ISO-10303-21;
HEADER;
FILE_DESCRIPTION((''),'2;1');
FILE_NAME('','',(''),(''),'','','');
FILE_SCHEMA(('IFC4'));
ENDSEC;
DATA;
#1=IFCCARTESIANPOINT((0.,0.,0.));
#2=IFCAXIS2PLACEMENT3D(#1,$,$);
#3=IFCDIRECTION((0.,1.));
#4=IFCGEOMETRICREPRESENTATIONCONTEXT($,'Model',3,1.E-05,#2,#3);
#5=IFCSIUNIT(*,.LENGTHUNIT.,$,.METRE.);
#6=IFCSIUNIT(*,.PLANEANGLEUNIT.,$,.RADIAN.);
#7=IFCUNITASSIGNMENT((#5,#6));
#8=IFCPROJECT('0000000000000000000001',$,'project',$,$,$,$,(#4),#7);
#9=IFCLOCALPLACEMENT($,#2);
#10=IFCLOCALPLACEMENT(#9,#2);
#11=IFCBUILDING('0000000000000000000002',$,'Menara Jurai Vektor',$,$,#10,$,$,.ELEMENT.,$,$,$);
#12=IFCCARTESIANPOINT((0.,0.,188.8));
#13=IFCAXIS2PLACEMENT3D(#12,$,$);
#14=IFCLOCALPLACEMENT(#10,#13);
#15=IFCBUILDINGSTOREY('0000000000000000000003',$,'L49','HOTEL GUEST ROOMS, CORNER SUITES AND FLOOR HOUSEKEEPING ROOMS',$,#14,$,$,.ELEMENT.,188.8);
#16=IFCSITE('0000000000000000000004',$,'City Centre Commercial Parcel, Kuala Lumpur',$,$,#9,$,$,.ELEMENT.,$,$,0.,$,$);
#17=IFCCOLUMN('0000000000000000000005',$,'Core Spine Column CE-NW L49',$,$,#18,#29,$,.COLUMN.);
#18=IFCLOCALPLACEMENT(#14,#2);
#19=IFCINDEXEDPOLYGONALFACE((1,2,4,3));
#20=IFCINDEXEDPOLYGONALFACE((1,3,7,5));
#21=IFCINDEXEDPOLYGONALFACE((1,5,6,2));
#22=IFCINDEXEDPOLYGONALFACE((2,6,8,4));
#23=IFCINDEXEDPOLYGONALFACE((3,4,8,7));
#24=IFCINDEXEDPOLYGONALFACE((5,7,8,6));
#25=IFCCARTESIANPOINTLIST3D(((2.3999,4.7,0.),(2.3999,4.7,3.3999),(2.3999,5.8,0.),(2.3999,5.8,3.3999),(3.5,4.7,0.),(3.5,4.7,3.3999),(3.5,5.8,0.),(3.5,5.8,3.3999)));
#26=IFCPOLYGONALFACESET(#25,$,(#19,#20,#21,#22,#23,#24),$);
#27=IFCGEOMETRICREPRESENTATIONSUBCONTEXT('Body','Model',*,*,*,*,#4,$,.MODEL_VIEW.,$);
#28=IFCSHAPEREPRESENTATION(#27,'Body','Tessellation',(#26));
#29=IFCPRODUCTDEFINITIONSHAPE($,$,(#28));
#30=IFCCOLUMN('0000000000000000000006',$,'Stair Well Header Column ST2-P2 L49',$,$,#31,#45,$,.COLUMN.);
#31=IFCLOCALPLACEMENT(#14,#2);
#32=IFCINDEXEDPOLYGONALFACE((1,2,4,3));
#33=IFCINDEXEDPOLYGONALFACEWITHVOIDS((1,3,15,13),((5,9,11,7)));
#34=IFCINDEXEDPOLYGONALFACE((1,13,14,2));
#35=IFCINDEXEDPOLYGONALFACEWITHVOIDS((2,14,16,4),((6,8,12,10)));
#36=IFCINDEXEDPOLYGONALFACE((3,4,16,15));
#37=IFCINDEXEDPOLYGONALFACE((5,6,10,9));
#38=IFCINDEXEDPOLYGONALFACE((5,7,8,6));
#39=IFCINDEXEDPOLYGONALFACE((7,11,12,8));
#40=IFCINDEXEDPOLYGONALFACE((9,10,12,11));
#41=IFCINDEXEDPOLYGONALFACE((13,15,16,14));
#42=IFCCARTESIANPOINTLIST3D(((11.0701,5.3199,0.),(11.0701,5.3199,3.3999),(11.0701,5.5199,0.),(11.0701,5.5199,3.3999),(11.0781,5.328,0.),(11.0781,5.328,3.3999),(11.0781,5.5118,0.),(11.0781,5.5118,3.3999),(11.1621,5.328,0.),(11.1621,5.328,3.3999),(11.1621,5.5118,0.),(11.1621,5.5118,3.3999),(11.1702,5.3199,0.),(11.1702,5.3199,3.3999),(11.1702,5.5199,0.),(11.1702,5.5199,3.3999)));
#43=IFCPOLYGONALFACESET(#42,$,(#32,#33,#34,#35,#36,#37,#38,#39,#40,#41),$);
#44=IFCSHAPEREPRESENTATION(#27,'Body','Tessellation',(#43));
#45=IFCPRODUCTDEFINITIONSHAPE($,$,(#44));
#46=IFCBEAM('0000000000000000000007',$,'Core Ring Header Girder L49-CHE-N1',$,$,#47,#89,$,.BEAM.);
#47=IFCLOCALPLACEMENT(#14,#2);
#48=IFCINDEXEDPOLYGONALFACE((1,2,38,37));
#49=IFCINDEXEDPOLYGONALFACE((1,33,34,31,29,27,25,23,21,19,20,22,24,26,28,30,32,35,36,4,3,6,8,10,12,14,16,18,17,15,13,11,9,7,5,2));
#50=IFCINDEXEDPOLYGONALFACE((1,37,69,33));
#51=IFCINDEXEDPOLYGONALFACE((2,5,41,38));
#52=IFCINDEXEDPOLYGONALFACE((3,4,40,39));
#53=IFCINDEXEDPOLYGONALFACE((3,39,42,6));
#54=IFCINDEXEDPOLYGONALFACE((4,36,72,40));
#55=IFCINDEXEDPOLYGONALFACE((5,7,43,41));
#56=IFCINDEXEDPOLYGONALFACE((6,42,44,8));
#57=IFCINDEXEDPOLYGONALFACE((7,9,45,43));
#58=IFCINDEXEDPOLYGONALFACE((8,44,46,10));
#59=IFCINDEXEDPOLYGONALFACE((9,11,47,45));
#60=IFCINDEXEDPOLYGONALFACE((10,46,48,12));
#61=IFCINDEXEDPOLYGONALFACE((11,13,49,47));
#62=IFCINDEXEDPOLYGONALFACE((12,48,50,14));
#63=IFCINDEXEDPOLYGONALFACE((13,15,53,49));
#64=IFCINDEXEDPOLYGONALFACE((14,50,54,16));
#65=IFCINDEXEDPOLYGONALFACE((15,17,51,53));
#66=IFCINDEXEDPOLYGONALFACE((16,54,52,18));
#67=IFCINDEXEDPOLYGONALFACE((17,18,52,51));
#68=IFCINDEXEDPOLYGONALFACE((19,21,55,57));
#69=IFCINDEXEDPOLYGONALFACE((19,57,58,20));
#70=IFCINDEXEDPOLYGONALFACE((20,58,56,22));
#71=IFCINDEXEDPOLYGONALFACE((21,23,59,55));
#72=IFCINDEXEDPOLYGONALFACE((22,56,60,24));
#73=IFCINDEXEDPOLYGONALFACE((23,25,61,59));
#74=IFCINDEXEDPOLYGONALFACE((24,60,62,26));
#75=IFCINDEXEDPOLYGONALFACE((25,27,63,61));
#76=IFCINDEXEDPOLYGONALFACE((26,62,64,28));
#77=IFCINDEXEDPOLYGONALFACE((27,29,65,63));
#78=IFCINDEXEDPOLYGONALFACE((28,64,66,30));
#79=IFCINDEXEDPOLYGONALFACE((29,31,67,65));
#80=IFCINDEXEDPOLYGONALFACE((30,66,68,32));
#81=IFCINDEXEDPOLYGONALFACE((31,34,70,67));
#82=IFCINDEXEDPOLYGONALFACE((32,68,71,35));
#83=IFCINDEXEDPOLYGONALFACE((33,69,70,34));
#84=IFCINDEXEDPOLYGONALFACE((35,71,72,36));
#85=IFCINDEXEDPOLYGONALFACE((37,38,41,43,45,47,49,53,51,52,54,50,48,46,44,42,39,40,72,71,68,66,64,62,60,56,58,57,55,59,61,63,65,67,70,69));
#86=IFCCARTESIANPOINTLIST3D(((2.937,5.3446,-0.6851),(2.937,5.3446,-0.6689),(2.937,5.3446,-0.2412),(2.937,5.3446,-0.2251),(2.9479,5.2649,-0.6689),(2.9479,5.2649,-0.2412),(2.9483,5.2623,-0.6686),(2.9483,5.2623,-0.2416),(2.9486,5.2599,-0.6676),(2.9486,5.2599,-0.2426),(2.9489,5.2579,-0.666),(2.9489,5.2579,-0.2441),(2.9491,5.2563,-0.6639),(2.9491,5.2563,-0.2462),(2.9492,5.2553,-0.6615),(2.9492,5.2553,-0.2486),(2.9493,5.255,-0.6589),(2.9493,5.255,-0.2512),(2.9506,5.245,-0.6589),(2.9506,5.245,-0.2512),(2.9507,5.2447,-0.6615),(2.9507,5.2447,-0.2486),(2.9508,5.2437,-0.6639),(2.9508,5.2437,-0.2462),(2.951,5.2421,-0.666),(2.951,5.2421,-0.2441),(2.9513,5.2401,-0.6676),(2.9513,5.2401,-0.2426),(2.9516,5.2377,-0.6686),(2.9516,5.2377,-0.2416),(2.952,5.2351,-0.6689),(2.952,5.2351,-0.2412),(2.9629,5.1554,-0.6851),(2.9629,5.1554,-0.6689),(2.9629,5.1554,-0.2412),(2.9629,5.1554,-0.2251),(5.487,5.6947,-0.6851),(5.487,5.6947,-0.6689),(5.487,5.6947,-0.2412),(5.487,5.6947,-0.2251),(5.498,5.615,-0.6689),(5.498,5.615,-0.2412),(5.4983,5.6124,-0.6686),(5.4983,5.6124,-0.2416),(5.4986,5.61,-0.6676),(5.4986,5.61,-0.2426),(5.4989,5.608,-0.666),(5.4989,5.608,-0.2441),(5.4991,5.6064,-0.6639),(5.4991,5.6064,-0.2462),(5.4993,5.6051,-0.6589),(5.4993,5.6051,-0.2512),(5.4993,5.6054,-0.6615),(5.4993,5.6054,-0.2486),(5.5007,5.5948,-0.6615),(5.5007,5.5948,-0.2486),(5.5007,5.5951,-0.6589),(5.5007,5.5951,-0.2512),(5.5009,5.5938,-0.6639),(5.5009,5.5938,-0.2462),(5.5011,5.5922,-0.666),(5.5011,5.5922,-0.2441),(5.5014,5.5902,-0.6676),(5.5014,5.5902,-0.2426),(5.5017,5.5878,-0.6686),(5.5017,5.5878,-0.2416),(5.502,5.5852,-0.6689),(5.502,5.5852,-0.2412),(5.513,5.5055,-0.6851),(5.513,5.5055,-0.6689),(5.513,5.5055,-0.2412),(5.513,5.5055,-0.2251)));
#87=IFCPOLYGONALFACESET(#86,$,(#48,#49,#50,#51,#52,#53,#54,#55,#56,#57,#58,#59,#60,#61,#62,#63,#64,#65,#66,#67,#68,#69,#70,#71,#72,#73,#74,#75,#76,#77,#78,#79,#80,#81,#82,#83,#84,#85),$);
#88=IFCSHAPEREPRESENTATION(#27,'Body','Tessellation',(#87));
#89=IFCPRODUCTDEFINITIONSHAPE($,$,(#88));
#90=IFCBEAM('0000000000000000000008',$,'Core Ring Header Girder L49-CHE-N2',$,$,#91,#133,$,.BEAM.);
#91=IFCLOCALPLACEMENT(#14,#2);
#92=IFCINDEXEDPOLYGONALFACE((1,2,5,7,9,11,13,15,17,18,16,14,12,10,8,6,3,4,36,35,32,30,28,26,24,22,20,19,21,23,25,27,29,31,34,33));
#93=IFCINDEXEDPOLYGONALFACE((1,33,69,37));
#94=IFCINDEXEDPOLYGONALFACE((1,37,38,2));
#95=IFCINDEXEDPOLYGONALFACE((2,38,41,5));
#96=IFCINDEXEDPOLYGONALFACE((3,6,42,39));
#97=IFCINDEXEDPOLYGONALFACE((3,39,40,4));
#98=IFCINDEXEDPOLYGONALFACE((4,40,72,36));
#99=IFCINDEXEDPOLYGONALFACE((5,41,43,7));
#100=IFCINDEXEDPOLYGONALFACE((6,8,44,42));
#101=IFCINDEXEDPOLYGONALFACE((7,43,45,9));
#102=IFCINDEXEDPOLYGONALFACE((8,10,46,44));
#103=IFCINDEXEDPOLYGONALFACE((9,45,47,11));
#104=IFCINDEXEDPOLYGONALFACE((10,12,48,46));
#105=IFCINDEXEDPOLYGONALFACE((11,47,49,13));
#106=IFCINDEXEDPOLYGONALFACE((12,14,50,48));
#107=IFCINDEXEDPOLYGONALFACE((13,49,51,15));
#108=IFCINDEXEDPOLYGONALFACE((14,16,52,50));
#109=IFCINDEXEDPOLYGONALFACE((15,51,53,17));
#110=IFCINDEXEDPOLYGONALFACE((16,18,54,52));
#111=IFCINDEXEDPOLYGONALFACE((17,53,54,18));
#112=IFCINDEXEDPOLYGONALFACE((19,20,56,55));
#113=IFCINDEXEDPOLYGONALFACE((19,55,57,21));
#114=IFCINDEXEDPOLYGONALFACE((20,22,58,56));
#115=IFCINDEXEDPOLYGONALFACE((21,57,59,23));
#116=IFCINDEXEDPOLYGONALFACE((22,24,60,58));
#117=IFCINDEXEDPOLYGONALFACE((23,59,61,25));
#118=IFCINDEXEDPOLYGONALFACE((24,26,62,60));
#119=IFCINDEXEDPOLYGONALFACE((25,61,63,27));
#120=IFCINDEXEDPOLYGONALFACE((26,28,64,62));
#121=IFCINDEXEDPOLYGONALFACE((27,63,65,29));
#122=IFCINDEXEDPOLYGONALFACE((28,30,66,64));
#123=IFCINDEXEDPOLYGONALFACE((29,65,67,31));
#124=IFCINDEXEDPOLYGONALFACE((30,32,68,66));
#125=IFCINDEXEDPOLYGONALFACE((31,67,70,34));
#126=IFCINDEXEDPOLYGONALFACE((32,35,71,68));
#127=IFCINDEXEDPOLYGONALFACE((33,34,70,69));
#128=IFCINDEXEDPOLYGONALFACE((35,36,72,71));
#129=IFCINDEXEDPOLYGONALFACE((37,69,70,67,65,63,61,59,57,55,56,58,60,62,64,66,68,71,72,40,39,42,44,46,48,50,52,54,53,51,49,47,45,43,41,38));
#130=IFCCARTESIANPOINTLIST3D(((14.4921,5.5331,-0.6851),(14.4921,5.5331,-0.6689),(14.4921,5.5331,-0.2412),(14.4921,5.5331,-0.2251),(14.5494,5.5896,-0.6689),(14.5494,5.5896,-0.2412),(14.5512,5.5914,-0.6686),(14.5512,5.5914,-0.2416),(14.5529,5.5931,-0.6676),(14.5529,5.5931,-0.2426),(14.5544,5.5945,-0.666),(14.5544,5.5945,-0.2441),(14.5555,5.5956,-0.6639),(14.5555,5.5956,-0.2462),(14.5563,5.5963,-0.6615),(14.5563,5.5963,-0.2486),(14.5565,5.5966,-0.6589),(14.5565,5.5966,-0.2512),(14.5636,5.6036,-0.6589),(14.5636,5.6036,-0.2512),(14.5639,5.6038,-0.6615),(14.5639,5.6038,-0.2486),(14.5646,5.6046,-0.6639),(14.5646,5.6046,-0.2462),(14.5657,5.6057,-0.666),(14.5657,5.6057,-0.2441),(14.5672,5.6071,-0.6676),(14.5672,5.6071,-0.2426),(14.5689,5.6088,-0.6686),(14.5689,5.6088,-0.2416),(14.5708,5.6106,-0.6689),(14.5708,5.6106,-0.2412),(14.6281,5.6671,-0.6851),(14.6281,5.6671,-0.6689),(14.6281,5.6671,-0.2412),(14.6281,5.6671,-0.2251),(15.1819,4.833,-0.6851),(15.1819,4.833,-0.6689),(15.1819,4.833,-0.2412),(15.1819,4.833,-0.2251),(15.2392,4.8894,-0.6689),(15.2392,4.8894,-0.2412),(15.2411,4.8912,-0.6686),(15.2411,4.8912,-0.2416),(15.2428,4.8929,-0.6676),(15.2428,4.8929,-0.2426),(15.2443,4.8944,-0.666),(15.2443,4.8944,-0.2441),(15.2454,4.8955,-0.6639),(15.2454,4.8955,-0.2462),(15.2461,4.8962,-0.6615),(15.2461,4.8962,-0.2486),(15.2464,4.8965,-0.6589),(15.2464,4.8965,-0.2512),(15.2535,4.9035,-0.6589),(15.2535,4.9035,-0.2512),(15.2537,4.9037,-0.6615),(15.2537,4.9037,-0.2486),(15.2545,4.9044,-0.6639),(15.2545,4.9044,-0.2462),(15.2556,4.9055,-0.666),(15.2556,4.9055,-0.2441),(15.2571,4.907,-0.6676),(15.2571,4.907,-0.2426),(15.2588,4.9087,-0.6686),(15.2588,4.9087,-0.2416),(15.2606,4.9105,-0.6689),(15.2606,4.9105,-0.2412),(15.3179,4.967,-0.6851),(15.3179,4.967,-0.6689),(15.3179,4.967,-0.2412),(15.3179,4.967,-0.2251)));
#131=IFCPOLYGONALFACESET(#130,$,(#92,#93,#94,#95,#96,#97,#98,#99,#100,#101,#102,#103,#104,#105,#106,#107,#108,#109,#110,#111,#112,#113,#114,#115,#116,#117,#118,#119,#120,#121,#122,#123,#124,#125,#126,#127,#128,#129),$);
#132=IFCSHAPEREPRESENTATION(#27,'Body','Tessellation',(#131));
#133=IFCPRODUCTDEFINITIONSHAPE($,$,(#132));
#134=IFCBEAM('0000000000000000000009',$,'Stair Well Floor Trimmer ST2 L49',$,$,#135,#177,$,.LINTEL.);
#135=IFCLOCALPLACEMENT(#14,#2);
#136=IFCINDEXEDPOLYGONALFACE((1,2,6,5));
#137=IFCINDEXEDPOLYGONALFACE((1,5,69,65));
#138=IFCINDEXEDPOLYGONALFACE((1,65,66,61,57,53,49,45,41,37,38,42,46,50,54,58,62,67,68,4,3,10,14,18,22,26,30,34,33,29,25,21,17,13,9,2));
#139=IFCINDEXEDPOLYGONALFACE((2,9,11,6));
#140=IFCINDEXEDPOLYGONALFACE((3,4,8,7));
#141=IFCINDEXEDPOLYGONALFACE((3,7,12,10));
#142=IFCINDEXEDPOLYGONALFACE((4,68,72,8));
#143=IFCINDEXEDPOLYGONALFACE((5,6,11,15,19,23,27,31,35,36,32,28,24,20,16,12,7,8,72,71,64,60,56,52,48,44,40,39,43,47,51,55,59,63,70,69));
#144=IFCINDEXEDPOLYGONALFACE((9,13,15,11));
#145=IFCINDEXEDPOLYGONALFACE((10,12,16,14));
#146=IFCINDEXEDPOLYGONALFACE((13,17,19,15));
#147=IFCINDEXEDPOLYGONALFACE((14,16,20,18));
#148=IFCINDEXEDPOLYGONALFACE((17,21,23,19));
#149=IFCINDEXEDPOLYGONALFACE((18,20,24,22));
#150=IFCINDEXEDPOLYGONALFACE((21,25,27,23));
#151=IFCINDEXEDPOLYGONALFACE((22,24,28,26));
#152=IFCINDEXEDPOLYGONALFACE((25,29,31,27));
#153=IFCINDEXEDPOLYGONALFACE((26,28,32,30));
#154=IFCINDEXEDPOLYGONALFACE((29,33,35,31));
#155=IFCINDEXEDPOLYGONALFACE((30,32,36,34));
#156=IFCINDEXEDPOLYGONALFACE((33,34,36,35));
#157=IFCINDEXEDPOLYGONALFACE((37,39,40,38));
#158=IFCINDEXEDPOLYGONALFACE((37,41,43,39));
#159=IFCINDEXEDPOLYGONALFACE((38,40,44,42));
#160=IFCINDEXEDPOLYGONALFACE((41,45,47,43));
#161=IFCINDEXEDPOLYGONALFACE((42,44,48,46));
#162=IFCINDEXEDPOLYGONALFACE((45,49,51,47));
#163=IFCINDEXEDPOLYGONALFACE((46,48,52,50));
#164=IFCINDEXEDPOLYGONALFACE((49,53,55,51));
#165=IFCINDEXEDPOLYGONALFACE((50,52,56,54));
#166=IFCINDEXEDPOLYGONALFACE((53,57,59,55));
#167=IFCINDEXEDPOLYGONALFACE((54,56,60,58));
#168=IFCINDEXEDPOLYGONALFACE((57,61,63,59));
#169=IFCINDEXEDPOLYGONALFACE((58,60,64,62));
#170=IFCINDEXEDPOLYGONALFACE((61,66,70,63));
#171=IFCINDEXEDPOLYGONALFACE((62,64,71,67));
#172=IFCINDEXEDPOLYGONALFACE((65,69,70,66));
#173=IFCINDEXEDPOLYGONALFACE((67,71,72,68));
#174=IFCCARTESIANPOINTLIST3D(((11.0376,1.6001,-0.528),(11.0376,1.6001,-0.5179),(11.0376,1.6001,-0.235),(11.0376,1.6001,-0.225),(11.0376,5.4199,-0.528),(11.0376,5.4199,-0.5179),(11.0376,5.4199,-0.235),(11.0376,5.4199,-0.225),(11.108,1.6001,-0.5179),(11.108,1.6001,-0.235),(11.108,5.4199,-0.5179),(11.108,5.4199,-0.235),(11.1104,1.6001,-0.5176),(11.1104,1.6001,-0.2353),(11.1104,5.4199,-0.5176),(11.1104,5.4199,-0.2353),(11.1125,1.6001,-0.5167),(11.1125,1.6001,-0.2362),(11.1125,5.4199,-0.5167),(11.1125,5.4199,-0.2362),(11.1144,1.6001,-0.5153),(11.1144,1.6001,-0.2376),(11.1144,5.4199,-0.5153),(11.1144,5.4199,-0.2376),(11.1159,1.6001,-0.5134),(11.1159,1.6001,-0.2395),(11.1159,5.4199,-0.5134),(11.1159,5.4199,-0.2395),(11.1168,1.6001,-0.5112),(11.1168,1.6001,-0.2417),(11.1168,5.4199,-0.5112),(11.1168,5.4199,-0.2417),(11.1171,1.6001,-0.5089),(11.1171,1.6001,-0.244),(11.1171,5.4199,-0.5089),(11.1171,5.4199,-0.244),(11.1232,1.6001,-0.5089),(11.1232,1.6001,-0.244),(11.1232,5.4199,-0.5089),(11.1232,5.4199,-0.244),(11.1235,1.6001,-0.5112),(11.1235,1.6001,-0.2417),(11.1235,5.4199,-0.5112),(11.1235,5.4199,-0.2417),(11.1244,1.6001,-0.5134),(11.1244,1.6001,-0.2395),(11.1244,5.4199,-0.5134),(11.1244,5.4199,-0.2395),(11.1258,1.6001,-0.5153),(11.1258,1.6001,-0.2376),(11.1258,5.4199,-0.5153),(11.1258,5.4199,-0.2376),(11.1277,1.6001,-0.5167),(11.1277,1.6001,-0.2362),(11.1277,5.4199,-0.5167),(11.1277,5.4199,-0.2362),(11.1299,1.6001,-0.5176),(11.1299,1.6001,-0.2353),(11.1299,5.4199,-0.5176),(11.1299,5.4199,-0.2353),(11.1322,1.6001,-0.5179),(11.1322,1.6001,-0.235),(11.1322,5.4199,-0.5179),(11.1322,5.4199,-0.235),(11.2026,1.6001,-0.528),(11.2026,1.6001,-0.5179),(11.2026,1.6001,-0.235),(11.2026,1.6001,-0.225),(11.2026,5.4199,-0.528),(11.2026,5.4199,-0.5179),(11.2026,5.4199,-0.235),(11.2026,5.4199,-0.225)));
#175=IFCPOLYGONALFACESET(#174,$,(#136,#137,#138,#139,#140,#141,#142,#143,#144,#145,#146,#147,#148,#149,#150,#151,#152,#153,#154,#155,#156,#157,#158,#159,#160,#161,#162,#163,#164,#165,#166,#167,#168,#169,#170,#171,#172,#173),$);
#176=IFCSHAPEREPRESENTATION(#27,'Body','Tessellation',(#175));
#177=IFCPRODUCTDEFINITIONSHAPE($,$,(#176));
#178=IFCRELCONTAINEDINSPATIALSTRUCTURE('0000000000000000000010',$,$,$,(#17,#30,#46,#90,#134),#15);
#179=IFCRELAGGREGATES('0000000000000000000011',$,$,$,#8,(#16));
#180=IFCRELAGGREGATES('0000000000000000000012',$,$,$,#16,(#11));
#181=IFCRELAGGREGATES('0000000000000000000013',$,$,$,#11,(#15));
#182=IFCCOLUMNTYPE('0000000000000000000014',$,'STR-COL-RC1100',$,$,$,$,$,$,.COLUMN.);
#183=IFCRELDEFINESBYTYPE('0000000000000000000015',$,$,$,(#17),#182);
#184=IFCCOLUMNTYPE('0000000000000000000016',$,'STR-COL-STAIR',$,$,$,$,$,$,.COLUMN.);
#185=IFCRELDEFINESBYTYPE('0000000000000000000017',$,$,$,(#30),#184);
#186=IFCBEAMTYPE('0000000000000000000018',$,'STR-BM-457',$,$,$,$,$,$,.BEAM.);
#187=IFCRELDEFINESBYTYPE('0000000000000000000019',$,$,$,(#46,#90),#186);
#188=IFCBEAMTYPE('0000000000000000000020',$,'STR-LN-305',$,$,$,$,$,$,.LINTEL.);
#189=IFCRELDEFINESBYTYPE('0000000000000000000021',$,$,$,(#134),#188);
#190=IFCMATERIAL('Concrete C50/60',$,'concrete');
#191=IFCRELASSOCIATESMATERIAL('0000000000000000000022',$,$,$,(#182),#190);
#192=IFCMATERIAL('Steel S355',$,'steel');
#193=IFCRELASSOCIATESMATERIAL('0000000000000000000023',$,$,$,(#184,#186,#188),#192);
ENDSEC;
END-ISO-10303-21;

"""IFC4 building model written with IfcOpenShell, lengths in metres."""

from ifc_helpers import new_model, si_unit, direction, frame, origin, origin_2d, place, context, subcontext, project, spatial, rectangle, hollow_rectangle, i_section, extrude, material, material_profile, profile_set, type_object, element, save


model = new_model("IFC4")

# Units and contexts
model_context = context("Model", 3, precision=1e-05, world=origin(), true_north=direction((0.0, 1.0)))
body_context = subcontext(model_context, "Body", "Model", "MODEL_VIEW")
ifc_project = project(units=[si_unit("LENGTHUNIT", "METRE"), si_unit("PLANEANGLEUNIT", "RADIAN")], contexts=[model_context])

# Site, building, storey
site_placement = place(None, origin())
site = spatial("IfcSite", under=ifc_project, at=site_placement, Name="City Centre Commercial Parcel, Kuala Lumpur", CompositionType="ELEMENT", RefElevation=0.0)
building_placement = place(site_placement, origin())
building = spatial("IfcBuilding", under=site, at=building_placement, Name="Menara Jurai Vektor", CompositionType="ELEMENT")
storey_placement = place(building_placement, frame((0.0, 0.0, 188.8)))
storey = spatial("IfcBuildingStorey", under=building, at=storey_placement, Name="L49", Description="HOTEL GUEST ROOMS, CORNER SUITES AND FLOOR HOUSEKEEPING ROOMS", CompositionType="ELEMENT", Elevation=188.8)

# Columns
ifc_material_1 = material(Name="Concrete C50/60", Category="concrete")
ifc_material_profile_1 = material_profile(ifc_material_1, rectangle(XDim=1.1001, YDim=1.1001, at=origin_2d()), Name="RC 1100x1100")
ifc_profile_set_1 = profile_set([ifc_material_profile_1], Name="Concrete C50/60")
column_type_1 = type_object("IfcColumnType", Name="STR-COL-RC1100", PredefinedType="COLUMN", material=ifc_profile_set_1)
column_1_placement = place(storey_placement, frame((2.95, 5.25, 0.0), z_axis=(0.0, 0.0, 1.0), x_axis=(1.0, 0.0, 0.0)))
element("IfcColumn", 1, at=column_1_placement, inside=storey, type_object=column_type_1, Name="Core Spine Column CE-NW L49", PredefinedType="COLUMN", context=body_context, shape_type="SweptSolid", body=[
    extrude(rectangle(XDim=1.1001, YDim=1.1001, at=origin_2d()), origin(), (0.0, 0.0, 1.0), 3.3999),
])
ifc_material_2 = material(Name="Steel S355", Category="steel")
ifc_material_profile_2 = material_profile(ifc_material_2, hollow_rectangle(XDim=0.1001, YDim=0.2, WallThickness=0.0081, at=origin_2d()), Name="RHS 200x100x8")
ifc_profile_set_2 = profile_set([ifc_material_profile_2], Name="Steel S355")
column_type_2 = type_object("IfcColumnType", Name="STR-COL-STAIR", PredefinedType="COLUMN", material=ifc_profile_set_2)
column_2_placement = place(storey_placement, frame((11.1201, 5.4199, 0.0), z_axis=(0.0, 0.0, 1.0), x_axis=(1.0, 0.0, 0.0)))
element("IfcColumn", 2, at=column_2_placement, inside=storey, type_object=column_type_2, Name="Stair Well Header Column ST2-P2 L49", PredefinedType="COLUMN", context=body_context, shape_type="SweptSolid", body=[
    extrude(hollow_rectangle(XDim=0.1001, YDim=0.2, WallThickness=0.0081, at=origin_2d()), origin(), (0.0, 0.0, 1.0), 3.3999),
])

# Beams
ifc_material_profile_3 = material_profile(ifc_material_2, i_section(OverallWidth=0.1909, OverallDepth=0.46, WebThickness=0.01, FlangeThickness=0.0161, FilletRadius=0.01, at=origin_2d()), Name="UKB 457x191x82")
ifc_profile_set_3 = profile_set([ifc_material_profile_3], Name="Steel S355")
beam_type_1 = type_object("IfcBeamType", Name="STR-BM-457", PredefinedType="BEAM", material=ifc_profile_set_3)
beam_1_placement = place(storey_placement, frame((2.95, 5.25, -0.4551), z_axis=(0.990707, 0.136015, 0.0), x_axis=(-0.136015, 0.990707, 0.0)))
element("IfcBeam", 3, at=beam_1_placement, inside=storey, type_object=beam_type_1, Name="Core Ring Header Girder L49-CHE-N1", PredefinedType="BEAM", context=body_context, shape_type="SweptSolid", body=[
    extrude(i_section(OverallWidth=0.1909, OverallDepth=0.46, WebThickness=0.01, FlangeThickness=0.0161, FilletRadius=0.01, at=origin_2d()), origin(), (0.0, 0.0, 1.0), 2.574),
])
beam_2_placement = place(storey_placement, frame((14.5601, 5.6001, -0.4551), z_axis=(0.701872, -0.712303, 0.0), x_axis=(0.712303, 0.701872, 0.0)))
element("IfcBeam", 4, at=beam_2_placement, inside=storey, type_object=beam_type_1, Name="Core Ring Header Girder L49-CHE-N2", PredefinedType="BEAM", context=body_context, shape_type="SweptSolid", body=[
    extrude(i_section(OverallWidth=0.1909, OverallDepth=0.46, WebThickness=0.01, FlangeThickness=0.0161, FilletRadius=0.01, at=origin_2d()), origin(), (0.0, 0.0, 1.0), 0.9829),
])
ifc_material_profile_4 = material_profile(ifc_material_2, i_section(OverallWidth=0.165, OverallDepth=0.303, WebThickness=0.0061, FlangeThickness=0.01, FilletRadius=0.009, at=origin_2d()), Name="UKB 305x165x40")
ifc_profile_set_4 = profile_set([ifc_material_profile_4], Name="Steel S355")
beam_type_2 = type_object("IfcBeamType", Name="STR-LN-305", PredefinedType="LINTEL", material=ifc_profile_set_4)
beam_3_placement = place(storey_placement, frame((11.1201, 1.6001, -0.3765), z_axis=(0.0, 1.0, 0.0), x_axis=(-1.0, 0.0, 0.0)))
element("IfcBeam", 5, at=beam_3_placement, inside=storey, type_object=beam_type_2, Name="Stair Well Floor Trimmer ST2 L49", PredefinedType="LINTEL", context=body_context, shape_type="SweptSolid", body=[
    extrude(i_section(OverallWidth=0.165, OverallDepth=0.303, WebThickness=0.0061, FlangeThickness=0.01, FilletRadius=0.009, at=origin_2d()), origin(), (0.0, 0.0, 1.0), 3.8198),
])

save(model, "model.ifc")
